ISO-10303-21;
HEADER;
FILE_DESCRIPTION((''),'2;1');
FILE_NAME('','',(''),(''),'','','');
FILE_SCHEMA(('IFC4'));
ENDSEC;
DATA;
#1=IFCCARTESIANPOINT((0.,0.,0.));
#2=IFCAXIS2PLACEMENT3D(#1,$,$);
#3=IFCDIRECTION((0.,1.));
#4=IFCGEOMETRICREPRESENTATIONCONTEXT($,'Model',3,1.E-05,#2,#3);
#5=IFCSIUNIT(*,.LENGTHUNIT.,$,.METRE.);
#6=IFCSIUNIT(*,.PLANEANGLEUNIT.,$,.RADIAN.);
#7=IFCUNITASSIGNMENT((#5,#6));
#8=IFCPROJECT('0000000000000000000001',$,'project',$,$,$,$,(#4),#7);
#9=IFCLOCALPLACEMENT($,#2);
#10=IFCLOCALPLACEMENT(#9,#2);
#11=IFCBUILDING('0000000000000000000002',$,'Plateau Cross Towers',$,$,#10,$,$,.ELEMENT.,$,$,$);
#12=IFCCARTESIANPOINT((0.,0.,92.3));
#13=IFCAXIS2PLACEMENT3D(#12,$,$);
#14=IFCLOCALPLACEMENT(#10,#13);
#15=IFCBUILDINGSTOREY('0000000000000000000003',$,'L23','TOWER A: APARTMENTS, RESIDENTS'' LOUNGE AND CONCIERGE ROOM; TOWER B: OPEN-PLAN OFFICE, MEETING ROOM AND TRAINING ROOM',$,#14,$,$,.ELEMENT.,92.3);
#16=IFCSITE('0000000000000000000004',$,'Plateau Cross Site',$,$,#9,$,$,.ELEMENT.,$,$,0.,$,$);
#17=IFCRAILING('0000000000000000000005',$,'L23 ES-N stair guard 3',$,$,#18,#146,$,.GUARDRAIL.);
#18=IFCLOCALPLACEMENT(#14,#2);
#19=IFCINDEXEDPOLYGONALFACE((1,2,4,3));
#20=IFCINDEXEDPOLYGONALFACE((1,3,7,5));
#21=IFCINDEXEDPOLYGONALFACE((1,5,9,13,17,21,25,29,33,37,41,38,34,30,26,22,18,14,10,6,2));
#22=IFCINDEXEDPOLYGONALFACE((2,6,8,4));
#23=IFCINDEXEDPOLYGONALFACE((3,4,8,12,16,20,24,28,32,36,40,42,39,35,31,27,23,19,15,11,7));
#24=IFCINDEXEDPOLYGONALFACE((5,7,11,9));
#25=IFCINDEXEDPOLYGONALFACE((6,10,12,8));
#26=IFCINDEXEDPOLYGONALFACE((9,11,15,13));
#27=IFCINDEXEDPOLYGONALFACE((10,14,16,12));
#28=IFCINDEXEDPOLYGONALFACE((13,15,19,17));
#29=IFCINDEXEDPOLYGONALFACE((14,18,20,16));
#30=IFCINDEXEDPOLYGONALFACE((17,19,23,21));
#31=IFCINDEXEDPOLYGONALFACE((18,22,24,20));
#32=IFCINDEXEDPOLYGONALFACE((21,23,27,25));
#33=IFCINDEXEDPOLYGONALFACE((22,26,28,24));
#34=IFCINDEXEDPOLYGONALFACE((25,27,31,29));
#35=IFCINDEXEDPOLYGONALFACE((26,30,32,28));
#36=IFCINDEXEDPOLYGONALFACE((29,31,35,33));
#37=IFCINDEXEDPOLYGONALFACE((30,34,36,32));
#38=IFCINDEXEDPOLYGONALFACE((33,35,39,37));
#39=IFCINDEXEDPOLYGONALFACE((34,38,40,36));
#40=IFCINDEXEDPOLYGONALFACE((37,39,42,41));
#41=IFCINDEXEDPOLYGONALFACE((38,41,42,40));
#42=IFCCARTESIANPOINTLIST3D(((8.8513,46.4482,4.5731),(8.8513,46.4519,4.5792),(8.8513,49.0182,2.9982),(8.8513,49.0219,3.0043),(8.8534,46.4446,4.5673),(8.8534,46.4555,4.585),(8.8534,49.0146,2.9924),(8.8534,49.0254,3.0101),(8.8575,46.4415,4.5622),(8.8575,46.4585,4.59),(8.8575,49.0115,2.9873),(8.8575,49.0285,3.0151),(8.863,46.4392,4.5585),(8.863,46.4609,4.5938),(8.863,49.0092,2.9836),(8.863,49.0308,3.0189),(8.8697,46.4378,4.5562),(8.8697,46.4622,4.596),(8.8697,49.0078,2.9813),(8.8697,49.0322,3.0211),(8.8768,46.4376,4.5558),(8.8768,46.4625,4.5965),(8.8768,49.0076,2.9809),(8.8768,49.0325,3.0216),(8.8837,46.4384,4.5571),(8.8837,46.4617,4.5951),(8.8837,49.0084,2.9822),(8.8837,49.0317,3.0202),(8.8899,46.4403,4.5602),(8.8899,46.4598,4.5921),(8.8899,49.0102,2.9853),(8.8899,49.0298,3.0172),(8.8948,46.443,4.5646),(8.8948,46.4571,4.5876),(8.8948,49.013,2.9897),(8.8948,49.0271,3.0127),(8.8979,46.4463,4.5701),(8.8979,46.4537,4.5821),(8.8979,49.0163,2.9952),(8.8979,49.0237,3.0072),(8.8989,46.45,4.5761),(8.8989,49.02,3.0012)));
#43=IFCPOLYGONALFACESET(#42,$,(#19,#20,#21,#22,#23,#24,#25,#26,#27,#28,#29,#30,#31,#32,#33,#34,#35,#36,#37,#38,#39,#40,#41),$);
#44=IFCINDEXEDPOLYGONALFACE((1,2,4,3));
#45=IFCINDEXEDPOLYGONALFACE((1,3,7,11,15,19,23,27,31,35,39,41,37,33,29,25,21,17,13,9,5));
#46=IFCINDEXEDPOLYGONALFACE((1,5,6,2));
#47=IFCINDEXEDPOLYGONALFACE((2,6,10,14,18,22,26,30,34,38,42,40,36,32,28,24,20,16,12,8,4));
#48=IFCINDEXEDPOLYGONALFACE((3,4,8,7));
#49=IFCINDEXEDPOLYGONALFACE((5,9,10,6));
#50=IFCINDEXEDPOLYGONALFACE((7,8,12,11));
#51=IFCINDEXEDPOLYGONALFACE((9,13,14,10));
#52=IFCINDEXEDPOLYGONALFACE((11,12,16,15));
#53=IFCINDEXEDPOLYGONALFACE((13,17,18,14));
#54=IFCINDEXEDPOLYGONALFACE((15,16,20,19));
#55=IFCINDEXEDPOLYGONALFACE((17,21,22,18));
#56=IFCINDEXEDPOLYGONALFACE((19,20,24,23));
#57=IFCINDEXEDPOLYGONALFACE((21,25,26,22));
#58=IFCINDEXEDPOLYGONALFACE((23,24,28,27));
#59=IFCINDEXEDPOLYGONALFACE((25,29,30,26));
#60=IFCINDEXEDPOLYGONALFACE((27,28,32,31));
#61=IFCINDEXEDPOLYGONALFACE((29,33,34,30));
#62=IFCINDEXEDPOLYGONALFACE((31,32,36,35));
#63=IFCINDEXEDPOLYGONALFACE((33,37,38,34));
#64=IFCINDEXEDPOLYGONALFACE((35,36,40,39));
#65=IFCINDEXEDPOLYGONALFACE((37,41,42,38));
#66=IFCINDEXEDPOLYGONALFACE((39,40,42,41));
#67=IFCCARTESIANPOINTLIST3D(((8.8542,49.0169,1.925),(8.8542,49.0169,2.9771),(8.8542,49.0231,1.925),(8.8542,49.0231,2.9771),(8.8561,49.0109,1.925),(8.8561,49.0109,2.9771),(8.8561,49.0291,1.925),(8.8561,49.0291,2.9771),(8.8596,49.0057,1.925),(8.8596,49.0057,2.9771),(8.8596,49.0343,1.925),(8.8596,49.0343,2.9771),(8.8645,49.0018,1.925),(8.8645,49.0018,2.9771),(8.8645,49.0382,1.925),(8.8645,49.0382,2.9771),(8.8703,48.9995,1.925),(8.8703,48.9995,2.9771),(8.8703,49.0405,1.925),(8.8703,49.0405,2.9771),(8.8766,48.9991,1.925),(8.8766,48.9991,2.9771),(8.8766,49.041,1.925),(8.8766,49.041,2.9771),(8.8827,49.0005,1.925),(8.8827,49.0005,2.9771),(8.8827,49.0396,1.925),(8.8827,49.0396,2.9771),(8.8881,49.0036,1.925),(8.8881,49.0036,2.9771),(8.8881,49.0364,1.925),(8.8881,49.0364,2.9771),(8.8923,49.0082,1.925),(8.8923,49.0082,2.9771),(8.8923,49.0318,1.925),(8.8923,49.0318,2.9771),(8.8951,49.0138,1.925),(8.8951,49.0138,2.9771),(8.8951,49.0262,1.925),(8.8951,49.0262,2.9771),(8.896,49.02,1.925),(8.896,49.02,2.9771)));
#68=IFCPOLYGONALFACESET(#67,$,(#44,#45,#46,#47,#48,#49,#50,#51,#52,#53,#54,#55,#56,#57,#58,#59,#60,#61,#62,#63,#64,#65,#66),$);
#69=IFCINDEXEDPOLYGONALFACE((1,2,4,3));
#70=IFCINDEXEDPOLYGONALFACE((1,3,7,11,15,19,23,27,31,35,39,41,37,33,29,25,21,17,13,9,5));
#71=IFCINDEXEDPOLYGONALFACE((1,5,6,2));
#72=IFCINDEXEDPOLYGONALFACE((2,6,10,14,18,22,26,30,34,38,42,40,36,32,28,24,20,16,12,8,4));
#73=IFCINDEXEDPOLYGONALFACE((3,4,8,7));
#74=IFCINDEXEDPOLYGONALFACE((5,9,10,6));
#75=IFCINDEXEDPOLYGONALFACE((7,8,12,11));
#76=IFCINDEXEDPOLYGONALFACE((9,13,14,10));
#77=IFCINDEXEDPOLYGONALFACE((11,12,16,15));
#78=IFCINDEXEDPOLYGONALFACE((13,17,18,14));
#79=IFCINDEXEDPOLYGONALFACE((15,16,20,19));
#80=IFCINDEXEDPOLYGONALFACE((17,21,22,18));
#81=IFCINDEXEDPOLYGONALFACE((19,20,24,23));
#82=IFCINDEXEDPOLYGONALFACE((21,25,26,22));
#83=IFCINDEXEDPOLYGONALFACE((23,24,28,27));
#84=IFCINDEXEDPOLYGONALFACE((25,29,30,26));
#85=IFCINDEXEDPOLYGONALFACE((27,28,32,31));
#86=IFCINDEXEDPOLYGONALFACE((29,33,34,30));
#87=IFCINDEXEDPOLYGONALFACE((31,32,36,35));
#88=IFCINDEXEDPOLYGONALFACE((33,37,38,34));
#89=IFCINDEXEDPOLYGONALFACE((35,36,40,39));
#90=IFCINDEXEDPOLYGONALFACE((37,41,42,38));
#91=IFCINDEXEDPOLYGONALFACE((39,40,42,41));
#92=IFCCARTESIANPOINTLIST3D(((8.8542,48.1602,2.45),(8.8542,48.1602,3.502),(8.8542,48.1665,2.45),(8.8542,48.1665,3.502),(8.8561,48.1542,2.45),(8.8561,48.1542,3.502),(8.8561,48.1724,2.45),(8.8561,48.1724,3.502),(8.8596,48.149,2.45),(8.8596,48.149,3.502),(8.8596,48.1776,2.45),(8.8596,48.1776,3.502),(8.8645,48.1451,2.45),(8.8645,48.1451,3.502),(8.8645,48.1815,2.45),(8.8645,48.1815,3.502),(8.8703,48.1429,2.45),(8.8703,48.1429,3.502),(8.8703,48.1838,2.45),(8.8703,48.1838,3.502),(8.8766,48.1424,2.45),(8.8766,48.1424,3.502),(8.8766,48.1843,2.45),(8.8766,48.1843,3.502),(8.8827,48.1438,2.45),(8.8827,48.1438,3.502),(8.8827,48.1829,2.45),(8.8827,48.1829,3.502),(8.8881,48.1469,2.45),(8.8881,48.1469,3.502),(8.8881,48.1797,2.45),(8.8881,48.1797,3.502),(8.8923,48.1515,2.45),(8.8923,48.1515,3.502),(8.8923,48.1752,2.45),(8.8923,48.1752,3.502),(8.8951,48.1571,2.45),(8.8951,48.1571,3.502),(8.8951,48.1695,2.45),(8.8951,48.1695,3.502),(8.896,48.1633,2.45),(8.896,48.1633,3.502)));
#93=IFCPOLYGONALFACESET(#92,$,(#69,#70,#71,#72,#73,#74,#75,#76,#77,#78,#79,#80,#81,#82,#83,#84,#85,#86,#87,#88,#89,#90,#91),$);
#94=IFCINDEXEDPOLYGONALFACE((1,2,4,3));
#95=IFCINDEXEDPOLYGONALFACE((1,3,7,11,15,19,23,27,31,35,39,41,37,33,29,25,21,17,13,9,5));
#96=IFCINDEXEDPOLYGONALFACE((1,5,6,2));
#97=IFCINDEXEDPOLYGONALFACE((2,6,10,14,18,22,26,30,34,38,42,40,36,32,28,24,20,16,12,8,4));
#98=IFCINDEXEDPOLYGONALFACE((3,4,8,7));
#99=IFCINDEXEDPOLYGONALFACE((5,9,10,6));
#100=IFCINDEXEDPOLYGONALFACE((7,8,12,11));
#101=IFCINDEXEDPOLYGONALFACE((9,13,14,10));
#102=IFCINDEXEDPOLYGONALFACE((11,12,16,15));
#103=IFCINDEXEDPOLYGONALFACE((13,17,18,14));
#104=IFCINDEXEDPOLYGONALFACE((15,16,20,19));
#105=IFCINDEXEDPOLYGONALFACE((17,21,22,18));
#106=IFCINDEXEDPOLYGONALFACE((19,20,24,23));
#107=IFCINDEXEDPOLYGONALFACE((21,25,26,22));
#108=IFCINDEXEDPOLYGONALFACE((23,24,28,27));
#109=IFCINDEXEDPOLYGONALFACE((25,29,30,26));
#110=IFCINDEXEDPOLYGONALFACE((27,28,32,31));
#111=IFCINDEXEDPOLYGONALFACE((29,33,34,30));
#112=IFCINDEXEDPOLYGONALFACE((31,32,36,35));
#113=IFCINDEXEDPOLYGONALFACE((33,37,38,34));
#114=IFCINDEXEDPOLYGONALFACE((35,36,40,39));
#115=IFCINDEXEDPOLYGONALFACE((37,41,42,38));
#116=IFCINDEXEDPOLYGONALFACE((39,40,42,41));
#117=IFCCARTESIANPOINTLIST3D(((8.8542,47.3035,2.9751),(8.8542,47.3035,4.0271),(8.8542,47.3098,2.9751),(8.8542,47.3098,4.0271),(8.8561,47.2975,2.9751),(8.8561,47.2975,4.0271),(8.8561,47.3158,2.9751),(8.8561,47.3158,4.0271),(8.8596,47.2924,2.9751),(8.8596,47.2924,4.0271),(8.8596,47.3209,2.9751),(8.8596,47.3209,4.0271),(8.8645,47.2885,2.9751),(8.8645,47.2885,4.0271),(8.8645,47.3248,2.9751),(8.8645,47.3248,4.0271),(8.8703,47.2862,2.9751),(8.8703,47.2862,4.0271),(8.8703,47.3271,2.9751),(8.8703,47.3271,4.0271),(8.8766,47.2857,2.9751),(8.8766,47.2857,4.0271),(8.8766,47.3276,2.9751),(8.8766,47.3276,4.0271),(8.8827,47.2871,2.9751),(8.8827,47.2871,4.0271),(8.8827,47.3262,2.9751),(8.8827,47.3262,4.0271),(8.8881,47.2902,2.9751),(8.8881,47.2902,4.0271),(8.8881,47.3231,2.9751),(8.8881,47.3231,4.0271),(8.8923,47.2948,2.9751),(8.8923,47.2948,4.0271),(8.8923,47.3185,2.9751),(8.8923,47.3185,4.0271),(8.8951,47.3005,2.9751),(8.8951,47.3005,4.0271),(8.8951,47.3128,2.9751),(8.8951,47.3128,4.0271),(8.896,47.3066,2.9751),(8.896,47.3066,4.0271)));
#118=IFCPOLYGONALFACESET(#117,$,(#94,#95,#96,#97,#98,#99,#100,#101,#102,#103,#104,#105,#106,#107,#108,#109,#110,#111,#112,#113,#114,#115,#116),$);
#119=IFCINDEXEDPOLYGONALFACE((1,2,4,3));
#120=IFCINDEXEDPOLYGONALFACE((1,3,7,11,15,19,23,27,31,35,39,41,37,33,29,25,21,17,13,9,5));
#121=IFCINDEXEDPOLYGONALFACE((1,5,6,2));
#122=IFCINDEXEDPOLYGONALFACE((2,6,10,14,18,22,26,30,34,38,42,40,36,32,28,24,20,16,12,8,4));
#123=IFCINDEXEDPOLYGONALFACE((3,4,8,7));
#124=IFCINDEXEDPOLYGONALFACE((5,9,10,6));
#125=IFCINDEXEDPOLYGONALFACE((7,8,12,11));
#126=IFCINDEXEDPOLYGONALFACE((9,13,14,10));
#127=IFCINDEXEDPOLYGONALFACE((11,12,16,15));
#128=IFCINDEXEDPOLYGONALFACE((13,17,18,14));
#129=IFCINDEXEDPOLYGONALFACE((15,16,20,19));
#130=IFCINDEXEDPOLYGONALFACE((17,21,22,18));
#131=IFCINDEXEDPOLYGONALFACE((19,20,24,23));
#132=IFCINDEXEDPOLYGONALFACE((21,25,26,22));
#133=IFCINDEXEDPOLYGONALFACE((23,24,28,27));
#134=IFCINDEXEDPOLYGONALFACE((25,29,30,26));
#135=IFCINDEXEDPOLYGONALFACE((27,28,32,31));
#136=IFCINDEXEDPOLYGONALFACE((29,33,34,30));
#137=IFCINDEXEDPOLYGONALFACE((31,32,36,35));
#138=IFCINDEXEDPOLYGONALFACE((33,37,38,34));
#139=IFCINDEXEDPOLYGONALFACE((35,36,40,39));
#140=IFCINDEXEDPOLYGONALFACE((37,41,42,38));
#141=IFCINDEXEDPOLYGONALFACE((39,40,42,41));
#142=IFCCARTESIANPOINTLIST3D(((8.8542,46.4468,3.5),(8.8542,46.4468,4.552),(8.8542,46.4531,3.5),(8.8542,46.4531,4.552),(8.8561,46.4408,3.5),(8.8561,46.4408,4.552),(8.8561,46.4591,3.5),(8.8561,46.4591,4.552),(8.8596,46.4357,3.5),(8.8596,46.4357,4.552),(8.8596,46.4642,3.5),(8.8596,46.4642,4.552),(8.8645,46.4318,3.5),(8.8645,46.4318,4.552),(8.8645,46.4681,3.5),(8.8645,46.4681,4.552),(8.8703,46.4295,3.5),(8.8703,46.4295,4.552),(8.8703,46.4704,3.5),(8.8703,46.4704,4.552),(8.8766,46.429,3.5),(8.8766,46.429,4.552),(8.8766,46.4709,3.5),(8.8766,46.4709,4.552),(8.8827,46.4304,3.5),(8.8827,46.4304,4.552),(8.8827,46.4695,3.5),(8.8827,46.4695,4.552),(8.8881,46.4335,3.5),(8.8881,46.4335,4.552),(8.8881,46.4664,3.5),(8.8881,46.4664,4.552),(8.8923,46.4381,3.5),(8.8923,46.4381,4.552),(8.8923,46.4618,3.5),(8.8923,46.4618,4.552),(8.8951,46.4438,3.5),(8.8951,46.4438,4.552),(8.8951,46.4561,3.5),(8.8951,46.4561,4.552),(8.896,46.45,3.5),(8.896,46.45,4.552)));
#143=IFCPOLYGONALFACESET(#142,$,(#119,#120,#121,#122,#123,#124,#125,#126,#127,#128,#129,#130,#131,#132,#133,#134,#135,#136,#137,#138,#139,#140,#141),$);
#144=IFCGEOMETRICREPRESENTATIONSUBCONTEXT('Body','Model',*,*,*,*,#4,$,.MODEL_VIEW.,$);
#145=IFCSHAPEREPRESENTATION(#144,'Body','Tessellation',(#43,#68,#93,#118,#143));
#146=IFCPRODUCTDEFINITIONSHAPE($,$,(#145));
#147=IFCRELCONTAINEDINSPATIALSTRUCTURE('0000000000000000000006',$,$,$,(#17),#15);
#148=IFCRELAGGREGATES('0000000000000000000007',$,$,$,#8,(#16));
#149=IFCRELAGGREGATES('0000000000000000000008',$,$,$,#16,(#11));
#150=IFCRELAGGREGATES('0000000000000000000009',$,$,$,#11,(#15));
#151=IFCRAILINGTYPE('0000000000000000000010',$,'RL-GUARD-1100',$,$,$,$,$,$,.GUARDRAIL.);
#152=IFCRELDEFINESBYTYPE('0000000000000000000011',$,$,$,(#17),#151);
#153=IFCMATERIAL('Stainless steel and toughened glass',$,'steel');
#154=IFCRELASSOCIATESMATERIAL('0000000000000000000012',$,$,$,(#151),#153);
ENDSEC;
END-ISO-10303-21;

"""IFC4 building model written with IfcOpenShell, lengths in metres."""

from ifc_helpers import new_model, si_unit, direction, frame, origin, origin_2d, place, context, subcontext, project, spatial, circle, extrude, material, type_object, element, save


model = new_model("IFC4")

# Units and contexts
model_context = context("Model", 3, precision=1e-05, world=origin(), true_north=direction((0.0, 1.0)))
body_context = subcontext(model_context, "Body", "Model", "MODEL_VIEW")
ifc_project = project(units=[si_unit("LENGTHUNIT", "METRE"), si_unit("PLANEANGLEUNIT", "RADIAN")], contexts=[model_context])

# Site, building, storey
site_placement = place(None, origin())
site = spatial("IfcSite", under=ifc_project, at=site_placement, Name="Plateau Cross Site", CompositionType="ELEMENT", RefElevation=0.0)
building_placement = place(site_placement, origin())
building = spatial("IfcBuilding", under=site, at=building_placement, Name="Plateau Cross Towers", CompositionType="ELEMENT")
storey_placement = place(building_placement, frame((0.0, 0.0, 92.3)))
storey = spatial("IfcBuildingStorey", under=building, at=storey_placement, Name="L23", Description="TOWER A: APARTMENTS, RESIDENTS' LOUNGE AND CONCIERGE ROOM; TOWER B: OPEN-PLAN OFFICE, MEETING ROOM AND TRAINING ROOM", CompositionType="ELEMENT", Elevation=92.3)

# Railing
ifc_material_1 = material(Name="Stainless steel and toughened glass", Category="steel")
railing_type_1 = type_object("IfcRailingType", Name="RL-GUARD-1100", PredefinedType="GUARDRAIL", material=ifc_material_1)
railing_1_placement = place(storey_placement, frame((8.875, 49.02, 1.925)))
element("IfcRailing", 1, at=railing_1_placement, inside=storey, type_object=railing_type_1, Name="L23 ES-N stair guard 3", PredefinedType="GUARDRAIL", context=body_context, shape_type="SweptSolid", body=[
    extrude(circle(Radius=0.0239, at=origin_2d()), frame((0.0, 0.0, 1.0762), z_axis=(0.0, -0.852639, 0.522501), x_axis=(1.0, 0.0, 0.0)), (0.0, 0.0, 1.0), 3.0142),
    extrude(circle(Radius=0.021, at=origin_2d()), origin(), (0.0, 0.0, 1.0), 1.052),
    extrude(circle(Radius=0.021, at=origin_2d()), frame((0.0, -0.8567, 0.5249)), (0.0, 0.0, 1.0), 1.052),
    extrude(circle(Radius=0.021, at=origin_2d()), frame((0.0, -1.7134, 1.05)), (0.0, 0.0, 1.0), 1.052),
    extrude(circle(Radius=0.021, at=origin_2d()), frame((0.0, -2.5701, 1.575)), (0.0, 0.0, 1.0), 1.052),
])

save(model, "model.ifc")
